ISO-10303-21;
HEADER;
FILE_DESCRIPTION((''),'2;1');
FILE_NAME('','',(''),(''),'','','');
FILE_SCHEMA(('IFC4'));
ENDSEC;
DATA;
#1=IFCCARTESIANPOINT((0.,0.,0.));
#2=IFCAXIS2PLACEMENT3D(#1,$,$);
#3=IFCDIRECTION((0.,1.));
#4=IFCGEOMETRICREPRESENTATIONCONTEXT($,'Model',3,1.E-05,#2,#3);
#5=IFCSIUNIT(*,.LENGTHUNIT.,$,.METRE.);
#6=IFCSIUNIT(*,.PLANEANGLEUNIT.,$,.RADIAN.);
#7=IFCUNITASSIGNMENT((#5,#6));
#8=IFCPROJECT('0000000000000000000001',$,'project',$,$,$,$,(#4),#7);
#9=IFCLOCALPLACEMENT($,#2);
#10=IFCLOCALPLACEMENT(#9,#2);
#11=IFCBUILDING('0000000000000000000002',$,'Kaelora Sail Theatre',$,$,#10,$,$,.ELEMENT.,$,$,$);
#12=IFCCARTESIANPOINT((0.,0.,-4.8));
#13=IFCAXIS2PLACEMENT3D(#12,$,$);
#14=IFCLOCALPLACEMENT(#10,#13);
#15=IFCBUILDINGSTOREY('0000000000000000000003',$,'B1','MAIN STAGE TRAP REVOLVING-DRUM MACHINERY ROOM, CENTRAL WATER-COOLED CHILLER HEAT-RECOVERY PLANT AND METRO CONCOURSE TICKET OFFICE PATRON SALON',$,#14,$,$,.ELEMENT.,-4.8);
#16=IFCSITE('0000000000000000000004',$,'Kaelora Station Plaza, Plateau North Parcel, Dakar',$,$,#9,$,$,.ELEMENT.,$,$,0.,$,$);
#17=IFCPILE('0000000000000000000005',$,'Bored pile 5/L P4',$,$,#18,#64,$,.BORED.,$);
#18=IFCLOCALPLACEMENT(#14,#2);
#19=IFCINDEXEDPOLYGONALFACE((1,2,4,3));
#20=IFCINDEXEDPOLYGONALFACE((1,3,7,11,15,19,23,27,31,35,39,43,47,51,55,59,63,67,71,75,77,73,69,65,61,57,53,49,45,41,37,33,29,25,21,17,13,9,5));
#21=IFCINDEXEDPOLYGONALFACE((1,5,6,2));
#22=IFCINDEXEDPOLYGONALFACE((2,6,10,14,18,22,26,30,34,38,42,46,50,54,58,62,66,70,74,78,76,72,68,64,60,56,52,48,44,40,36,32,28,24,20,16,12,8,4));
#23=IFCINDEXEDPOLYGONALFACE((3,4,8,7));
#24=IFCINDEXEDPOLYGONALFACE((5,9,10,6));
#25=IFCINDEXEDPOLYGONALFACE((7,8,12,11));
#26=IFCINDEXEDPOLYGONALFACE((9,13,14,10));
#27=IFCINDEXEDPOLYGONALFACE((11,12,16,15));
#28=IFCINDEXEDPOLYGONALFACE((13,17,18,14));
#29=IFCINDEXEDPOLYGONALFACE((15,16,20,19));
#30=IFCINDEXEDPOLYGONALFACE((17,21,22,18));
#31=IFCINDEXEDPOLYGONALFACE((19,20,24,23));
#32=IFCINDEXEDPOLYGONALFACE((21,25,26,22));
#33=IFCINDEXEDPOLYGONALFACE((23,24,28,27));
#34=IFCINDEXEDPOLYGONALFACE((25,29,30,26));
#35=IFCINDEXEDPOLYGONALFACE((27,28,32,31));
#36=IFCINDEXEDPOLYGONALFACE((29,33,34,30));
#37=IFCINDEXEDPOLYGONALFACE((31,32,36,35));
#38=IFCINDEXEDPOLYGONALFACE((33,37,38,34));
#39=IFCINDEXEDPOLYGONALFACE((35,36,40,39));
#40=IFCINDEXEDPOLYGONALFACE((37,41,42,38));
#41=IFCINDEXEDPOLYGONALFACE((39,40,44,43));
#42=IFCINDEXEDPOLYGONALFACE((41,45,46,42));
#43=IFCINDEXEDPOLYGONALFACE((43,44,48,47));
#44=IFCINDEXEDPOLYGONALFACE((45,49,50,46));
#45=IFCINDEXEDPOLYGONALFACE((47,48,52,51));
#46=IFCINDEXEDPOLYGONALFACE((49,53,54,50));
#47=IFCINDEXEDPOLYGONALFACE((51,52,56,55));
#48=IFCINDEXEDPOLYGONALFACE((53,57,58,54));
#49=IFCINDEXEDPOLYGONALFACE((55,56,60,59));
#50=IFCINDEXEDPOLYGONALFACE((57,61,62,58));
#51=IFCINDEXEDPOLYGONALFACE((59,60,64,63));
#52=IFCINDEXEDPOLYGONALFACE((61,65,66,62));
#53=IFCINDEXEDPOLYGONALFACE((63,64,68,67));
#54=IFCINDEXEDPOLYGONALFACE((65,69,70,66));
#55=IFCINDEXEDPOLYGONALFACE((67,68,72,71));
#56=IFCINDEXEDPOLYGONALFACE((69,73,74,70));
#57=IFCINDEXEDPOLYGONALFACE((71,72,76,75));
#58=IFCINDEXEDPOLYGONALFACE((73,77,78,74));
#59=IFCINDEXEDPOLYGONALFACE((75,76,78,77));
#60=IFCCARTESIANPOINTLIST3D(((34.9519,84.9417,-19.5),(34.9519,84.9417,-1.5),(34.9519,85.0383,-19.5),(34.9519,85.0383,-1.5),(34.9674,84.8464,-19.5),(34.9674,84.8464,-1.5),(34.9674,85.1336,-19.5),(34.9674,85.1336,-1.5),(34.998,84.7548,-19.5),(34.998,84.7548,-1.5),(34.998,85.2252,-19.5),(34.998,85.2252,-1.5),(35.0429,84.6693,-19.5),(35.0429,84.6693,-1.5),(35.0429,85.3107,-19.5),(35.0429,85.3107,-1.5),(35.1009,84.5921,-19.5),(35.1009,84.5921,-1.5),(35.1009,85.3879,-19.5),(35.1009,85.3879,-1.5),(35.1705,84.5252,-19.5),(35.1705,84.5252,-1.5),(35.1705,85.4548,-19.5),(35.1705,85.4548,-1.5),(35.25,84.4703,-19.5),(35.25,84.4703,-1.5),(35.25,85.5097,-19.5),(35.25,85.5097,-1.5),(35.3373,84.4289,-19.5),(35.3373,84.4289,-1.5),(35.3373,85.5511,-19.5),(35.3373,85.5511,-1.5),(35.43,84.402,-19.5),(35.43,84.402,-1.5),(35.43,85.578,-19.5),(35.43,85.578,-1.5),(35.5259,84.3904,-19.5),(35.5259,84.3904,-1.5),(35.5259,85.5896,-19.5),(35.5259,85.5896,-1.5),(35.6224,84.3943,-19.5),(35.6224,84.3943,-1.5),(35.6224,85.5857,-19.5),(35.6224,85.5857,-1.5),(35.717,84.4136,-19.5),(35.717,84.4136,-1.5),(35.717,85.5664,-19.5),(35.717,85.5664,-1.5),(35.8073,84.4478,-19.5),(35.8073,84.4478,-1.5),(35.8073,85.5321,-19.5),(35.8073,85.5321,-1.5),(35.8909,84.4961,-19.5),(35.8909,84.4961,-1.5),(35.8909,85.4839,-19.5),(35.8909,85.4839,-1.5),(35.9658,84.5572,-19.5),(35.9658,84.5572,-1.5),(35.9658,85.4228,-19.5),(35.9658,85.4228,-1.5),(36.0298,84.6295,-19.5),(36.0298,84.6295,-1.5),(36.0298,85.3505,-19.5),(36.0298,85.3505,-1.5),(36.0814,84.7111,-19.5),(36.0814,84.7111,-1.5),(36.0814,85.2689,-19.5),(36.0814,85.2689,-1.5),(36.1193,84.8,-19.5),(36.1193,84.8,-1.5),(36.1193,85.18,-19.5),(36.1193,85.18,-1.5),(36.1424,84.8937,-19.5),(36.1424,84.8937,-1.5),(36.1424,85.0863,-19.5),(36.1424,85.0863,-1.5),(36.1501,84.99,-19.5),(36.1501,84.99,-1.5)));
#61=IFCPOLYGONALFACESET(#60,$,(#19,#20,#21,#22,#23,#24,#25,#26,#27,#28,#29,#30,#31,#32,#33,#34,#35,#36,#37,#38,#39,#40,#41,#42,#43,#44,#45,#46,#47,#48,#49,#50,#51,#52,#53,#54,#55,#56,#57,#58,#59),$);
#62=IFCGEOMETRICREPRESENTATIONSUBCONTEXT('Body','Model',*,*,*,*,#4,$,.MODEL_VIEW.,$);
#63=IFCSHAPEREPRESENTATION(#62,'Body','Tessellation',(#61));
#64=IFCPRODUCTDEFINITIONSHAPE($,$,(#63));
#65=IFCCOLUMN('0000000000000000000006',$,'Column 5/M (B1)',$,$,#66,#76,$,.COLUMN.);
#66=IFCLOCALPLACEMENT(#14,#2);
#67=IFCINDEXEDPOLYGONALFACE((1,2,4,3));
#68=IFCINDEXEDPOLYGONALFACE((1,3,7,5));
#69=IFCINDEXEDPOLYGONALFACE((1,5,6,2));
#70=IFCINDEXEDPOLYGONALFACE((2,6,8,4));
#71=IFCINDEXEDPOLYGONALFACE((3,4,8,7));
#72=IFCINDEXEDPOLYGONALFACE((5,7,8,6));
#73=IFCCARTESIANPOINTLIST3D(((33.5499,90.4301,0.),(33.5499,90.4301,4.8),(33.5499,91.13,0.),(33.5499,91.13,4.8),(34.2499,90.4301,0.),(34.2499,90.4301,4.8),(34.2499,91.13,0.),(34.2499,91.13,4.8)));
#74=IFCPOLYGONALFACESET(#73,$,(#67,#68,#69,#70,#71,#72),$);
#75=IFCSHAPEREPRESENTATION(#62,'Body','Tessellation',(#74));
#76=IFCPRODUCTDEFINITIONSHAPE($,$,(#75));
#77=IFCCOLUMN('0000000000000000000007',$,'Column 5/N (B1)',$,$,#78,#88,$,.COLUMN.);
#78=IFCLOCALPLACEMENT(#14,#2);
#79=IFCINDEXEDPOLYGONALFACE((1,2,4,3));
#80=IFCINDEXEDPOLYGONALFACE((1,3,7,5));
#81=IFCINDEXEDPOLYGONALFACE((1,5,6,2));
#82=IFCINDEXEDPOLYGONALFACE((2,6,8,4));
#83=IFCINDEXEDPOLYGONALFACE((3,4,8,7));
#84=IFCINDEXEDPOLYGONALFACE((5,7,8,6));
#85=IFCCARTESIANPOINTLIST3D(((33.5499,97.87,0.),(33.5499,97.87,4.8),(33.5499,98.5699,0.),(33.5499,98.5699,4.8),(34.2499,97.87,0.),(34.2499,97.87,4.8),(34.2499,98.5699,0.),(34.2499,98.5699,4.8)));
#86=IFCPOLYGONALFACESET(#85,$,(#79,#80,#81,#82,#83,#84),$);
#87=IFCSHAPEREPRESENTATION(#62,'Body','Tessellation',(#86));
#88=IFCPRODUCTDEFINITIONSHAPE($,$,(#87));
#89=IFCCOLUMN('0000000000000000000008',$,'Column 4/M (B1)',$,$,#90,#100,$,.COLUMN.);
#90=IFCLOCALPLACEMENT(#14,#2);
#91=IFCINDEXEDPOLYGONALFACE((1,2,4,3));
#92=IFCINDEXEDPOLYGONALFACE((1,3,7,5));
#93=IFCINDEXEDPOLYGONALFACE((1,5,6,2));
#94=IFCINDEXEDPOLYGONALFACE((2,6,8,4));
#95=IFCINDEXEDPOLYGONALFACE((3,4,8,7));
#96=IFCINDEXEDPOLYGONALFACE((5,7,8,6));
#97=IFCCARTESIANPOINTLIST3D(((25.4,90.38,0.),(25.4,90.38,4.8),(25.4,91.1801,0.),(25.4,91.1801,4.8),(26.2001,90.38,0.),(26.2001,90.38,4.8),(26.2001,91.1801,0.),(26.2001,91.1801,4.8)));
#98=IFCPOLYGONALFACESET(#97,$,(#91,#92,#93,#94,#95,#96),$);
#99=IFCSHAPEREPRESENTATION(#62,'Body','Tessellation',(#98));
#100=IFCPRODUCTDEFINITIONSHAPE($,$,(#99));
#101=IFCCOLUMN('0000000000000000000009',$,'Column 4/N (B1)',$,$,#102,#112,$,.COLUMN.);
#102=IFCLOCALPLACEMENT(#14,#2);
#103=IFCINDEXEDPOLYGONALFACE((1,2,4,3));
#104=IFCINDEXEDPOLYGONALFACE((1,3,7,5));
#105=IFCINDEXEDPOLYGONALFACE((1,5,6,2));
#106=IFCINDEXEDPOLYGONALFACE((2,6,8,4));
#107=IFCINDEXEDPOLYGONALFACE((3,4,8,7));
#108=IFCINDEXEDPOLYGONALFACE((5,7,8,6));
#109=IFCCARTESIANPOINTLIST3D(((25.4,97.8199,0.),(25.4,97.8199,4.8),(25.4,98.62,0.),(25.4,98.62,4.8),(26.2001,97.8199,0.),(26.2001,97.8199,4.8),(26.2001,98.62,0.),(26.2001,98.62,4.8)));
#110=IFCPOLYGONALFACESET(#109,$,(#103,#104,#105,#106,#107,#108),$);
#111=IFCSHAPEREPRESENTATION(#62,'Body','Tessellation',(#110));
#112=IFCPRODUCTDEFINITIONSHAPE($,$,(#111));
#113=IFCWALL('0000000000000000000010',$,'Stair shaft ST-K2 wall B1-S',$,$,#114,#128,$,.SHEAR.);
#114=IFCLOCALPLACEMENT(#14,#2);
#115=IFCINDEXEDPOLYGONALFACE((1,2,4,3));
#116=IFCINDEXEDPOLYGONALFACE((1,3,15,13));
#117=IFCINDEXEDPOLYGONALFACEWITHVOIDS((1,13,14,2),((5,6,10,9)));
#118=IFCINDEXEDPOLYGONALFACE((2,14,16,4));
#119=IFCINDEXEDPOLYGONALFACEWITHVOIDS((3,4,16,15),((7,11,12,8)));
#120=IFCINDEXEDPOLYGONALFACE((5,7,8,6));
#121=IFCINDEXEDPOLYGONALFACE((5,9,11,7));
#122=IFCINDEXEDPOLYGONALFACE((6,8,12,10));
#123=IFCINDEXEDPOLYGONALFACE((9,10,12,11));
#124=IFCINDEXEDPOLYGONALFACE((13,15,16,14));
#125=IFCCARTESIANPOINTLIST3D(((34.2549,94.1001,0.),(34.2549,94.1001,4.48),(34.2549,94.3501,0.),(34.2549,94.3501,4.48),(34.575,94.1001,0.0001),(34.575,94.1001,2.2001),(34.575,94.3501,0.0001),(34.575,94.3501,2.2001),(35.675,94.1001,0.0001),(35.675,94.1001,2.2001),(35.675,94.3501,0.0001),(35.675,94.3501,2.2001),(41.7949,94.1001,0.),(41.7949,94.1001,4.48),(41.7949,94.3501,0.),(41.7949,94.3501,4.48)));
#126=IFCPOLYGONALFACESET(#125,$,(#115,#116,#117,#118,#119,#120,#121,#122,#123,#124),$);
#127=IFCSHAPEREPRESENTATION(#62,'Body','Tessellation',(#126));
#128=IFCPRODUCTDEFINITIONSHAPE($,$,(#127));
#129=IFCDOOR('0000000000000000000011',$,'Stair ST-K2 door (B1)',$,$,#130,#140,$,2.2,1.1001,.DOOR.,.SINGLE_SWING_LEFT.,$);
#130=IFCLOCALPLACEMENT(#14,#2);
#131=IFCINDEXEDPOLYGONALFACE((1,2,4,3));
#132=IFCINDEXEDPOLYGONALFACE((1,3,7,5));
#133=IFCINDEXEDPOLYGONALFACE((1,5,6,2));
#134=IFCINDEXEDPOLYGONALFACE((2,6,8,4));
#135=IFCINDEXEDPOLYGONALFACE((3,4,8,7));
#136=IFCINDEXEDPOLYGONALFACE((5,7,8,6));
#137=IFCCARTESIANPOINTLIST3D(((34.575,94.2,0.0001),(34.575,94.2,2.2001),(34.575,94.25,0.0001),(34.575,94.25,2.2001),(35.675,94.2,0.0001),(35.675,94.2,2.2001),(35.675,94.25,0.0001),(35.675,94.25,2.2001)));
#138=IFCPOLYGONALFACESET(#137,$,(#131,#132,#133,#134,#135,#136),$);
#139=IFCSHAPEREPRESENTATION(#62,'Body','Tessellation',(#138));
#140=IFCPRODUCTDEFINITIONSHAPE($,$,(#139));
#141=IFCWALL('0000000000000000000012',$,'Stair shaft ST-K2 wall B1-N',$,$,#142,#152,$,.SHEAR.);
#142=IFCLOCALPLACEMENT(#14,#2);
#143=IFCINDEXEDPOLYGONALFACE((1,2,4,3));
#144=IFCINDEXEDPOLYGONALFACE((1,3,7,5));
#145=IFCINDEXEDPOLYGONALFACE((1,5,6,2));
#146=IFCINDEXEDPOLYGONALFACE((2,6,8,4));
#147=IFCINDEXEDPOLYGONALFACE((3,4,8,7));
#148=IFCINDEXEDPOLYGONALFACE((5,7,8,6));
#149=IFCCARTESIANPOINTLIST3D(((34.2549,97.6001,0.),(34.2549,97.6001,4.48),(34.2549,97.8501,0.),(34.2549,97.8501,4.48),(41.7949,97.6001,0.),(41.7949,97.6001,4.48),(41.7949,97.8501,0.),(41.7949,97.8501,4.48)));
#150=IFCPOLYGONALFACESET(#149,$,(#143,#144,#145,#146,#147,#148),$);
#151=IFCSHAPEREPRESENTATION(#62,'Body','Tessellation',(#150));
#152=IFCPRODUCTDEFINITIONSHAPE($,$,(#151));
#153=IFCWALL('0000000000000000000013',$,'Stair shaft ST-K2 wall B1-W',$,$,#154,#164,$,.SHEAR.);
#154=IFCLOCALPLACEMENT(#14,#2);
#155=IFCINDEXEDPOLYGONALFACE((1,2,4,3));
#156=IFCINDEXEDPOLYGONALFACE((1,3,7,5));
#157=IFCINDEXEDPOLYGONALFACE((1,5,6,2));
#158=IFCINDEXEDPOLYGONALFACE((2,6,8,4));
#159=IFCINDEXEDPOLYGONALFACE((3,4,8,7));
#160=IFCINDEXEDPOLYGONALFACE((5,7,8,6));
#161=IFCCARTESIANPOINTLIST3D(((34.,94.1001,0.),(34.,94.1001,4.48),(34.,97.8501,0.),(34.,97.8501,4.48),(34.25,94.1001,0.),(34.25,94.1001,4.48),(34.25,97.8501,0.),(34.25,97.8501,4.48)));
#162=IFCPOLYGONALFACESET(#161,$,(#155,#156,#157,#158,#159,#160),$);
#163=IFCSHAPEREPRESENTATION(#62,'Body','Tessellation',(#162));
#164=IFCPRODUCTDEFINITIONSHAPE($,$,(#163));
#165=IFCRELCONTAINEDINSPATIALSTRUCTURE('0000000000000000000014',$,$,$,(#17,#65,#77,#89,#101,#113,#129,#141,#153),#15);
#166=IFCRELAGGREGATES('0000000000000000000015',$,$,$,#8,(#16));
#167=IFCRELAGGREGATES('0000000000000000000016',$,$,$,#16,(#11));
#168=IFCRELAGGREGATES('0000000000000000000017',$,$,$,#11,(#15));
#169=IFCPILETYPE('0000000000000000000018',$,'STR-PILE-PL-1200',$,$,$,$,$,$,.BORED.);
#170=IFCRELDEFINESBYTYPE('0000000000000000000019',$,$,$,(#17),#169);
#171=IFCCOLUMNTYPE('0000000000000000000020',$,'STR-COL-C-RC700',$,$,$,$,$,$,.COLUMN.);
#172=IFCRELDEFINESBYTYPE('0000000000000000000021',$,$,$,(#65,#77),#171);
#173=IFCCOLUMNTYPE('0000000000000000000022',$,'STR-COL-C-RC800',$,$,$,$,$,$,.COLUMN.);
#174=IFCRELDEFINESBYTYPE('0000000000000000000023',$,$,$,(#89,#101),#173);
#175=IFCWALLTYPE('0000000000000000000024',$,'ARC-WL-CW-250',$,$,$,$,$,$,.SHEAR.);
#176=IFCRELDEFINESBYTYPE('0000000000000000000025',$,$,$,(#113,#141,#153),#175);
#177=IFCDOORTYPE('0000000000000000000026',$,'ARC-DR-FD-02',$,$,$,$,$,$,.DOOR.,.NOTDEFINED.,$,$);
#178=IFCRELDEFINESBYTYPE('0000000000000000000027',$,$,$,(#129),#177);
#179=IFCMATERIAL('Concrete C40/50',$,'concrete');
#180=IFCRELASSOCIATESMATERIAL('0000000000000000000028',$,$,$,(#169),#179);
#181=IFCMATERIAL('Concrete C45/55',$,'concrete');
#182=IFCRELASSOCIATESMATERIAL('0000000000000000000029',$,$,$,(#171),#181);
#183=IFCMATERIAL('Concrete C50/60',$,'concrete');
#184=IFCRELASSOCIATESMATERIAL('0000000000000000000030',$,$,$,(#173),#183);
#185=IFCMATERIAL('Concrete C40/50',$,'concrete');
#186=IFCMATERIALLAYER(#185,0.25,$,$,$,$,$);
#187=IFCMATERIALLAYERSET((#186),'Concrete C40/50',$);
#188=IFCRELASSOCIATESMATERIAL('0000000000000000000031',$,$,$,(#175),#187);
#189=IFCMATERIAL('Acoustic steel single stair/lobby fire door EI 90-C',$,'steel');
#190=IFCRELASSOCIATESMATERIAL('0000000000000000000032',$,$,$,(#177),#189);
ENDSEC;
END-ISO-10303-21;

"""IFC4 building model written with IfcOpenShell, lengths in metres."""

from ifc_helpers import new_model, si_unit, direction, frame, frame_2d, origin, origin_2d, place, context, subcontext, project, spatial, rectangle, circle, extrude, material, layer, layer_set, material_profile, profile_set, type_object, element, fill, save


model = new_model("IFC4")

# Units and contexts
model_context = context("Model", 3, precision=1e-05, world=origin(), true_north=direction((0.0, 1.0)))
body_context = subcontext(model_context, "Body", "Model", "MODEL_VIEW")
ifc_project = project(units=[si_unit("LENGTHUNIT", "METRE"), si_unit("PLANEANGLEUNIT", "RADIAN")], contexts=[model_context])

# Site, building, storey
site_placement = place(None, origin())
site = spatial("IfcSite", under=ifc_project, at=site_placement, Name="Kaelora Station Plaza, Plateau North Parcel, Dakar", CompositionType="ELEMENT", RefElevation=0.0)
building_placement = place(site_placement, origin())
building = spatial("IfcBuilding", under=site, at=building_placement, Name="Kaelora Sail Theatre", CompositionType="ELEMENT")
storey_placement = place(building_placement, frame((0.0, 0.0, -4.8)))
storey = spatial("IfcBuildingStorey", under=building, at=storey_placement, Name="B1", Description="MAIN STAGE TRAP REVOLVING-DRUM MACHINERY ROOM, CENTRAL WATER-COOLED CHILLER HEAT-RECOVERY PLANT AND METRO CONCOURSE TICKET OFFICE PATRON SALON", CompositionType="ELEMENT", Elevation=-4.8)

# Pile
ifc_material_1 = material(Name="Concrete C40/50", Category="concrete")
ifc_material_profile_1 = material_profile(ifc_material_1, circle(Radius=0.6001, at=origin_2d()), Name="PILE D1200")
ifc_profile_set_1 = profile_set([ifc_material_profile_1], Name="Concrete C40/50")
pile_type_1 = type_object("IfcPileType", Name="STR-PILE-PL-1200", PredefinedType="BORED", material=ifc_profile_set_1)
for number, where, z_axis, x_axis, name in (
    (1, (35.55, 84.99, -1.5), (0.0, 0.0, -1.0), (1.0, 0.0, 0.0), "Bored pile 5/L P4"),
):
    element("IfcPile", number, at=place(storey_placement, frame(where, z_axis=z_axis, x_axis=x_axis)), inside=storey, type_object=pile_type_1, Name=name, PredefinedType="BORED", context=body_context, shape_type="SweptSolid", body=[
        extrude(circle(Radius=0.6001, at=origin_2d()), origin(), (0.0, 0.0, 1.0), 18.0),
    ])

# Columns
ifc_material_2 = material(Name="Concrete C45/55", Category="concrete")
ifc_material_profile_2 = material_profile(ifc_material_2, rectangle(XDim=0.7, YDim=0.7, at=origin_2d()), Name="RC-COL 700x700")
ifc_profile_set_2 = profile_set([ifc_material_profile_2], Name="Concrete C45/55")
column_type_1 = type_object("IfcColumnType", Name="STR-COL-C-RC700", PredefinedType="COLUMN", material=ifc_profile_set_2)
for number, where, z_axis, x_axis, name in (
    (2, (33.8999, 90.78, 0.0), (0.0, 0.0, 1.0), (1.0, 0.0, 0.0), "Column 5/M (B1)"),
    (3, (33.8999, 98.22, 0.0), (0.0, 0.0, 1.0), (1.0, 0.0, 0.0), "Column 5/N (B1)"),
):
    element("IfcColumn", number, at=place(storey_placement, frame(where, z_axis=z_axis, x_axis=x_axis)), inside=storey, type_object=column_type_1, Name=name, PredefinedType="COLUMN", context=body_context, shape_type="SweptSolid", body=[
        extrude(rectangle(XDim=0.7, YDim=0.7, at=origin_2d()), origin(), (0.0, 0.0, 1.0), 4.8),
    ])
ifc_material_3 = material(Name="Concrete C50/60", Category="concrete")
ifc_material_profile_3 = material_profile(ifc_material_3, rectangle(XDim=0.8, YDim=0.8, at=origin_2d()), Name="RC-COL 800x800")
ifc_profile_set_3 = profile_set([ifc_material_profile_3], Name="Concrete C50/60")
column_type_2 = type_object("IfcColumnType", Name="STR-COL-C-RC800", PredefinedType="COLUMN", material=ifc_profile_set_3)
for number, where, z_axis, x_axis, name in (
    (4, (25.8, 90.78, 0.0), (0.0, 0.0, 1.0), (1.0, 0.0, 0.0), "Column 4/M (B1)"),
    (5, (25.8, 98.22, 0.0), (0.0, 0.0, 1.0), (1.0, 0.0, 0.0), "Column 4/N (B1)"),
):
    element("IfcColumn", number, at=place(storey_placement, frame(where, z_axis=z_axis, x_axis=x_axis)), inside=storey, type_object=column_type_2, Name=name, PredefinedType="COLUMN", context=body_context, shape_type="SweptSolid", body=[
        extrude(rectangle(XDim=0.8, YDim=0.8, at=origin_2d()), origin(), (0.0, 0.0, 1.0), 4.8),
    ])

# Wall, opening, door
ifc_material_4 = material(Name="Concrete C40/50", Category="concrete")
ifc_layer_1 = layer(ifc_material_4, 0.25)
ifc_layer_set_1 = layer_set([ifc_layer_1], Name="Concrete C40/50")
wall_type_1 = type_object("IfcWallType", Name="ARC-WL-CW-250", PredefinedType="SHEAR", material=ifc_layer_set_1)
wall_1_placement = place(storey_placement, frame((34.2549, 94.2251, 0.0), z_axis=(0.0, 0.0, 1.0), x_axis=(1.0, 0.0, 0.0)))
wall_1 = element("IfcWall", 6, at=wall_1_placement, inside=storey, type_object=wall_type_1, Name="Stair shaft ST-K2 wall B1-S", PredefinedType="SHEAR", context=body_context, shape_type="SweptSolid", body=[
    extrude(rectangle(XDim=7.54, YDim=0.25, at=frame_2d((3.77, 0.0))), origin(), (0.0, 0.0, 1.0), 4.48),
])
opening_1_placement = place(wall_1_placement, frame((0.3201, 0.0, 0.0)))
opening_1 = element("IfcOpeningElement", 7, at=opening_1_placement, cuts=wall_1, PredefinedType="OPENING", context=body_context, shape_type="SweptSolid", body=[
    extrude(rectangle(XDim=1.1001, YDim=2.2, at=frame_2d((0.55, 1.1001))), frame((0.0, 0.135, 0.0), z_axis=(0.0, -1.0, 0.0), x_axis=(1.0, 0.0, 0.0)), (0.0, 0.0, 1.0), 0.27),
])
ifc_material_5 = material(Name="Acoustic steel single stair/lobby fire door EI 90-C", Category="steel")
door_type_1 = type_object("IfcDoorType", Name="ARC-DR-FD-02", OperationType="NOTDEFINED", PredefinedType="DOOR", material=ifc_material_5)
door_1_placement = place(opening_1_placement, origin())
door_1 = element("IfcDoor", 8, at=door_1_placement, inside=storey, type_object=door_type_1, Name="Stair ST-K2 door (B1)", OperationType="SINGLE_SWING_LEFT", OverallHeight=2.2, OverallWidth=1.1001, PredefinedType="DOOR", context=body_context, shape_type="SweptSolid", body=[
    extrude(rectangle(XDim=1.1001, YDim=2.2, at=frame_2d((0.55, 1.1001))), frame((0.0, 0.0249, 0.0), z_axis=(0.0, -1.0, 0.0), x_axis=(1.0, 0.0, 0.0)), (0.0, 0.0, 1.0), 0.05),
])
fill(opening_1, door_1)

# Walls
wall_2_placement = place(storey_placement, frame((34.2549, 97.7251, 0.0), z_axis=(0.0, 0.0, 1.0), x_axis=(1.0, 0.0, 0.0)))
element("IfcWall", 9, at=wall_2_placement, inside=storey, type_object=wall_type_1, Name="Stair shaft ST-K2 wall B1-N", PredefinedType="SHEAR", context=body_context, shape_type="SweptSolid", body=[
    extrude(rectangle(XDim=7.54, YDim=0.25, at=frame_2d((3.77, 0.0))), origin(), (0.0, 0.0, 1.0), 4.48),
])
wall_3_placement = place(storey_placement, frame((34.125, 94.1001, 0.0), z_axis=(0.0, 0.0, 1.0), x_axis=(0.0, 1.0, 0.0)))
element("IfcWall", 10, at=wall_3_placement, inside=storey, type_object=wall_type_1, Name="Stair shaft ST-K2 wall B1-W", PredefinedType="SHEAR", context=body_context, shape_type="SweptSolid", body=[
    extrude(rectangle(XDim=3.75, YDim=0.25, at=frame_2d((1.875, 0.0))), origin(), (0.0, 0.0, 1.0), 4.48),
])

save(model, "model.ifc")
